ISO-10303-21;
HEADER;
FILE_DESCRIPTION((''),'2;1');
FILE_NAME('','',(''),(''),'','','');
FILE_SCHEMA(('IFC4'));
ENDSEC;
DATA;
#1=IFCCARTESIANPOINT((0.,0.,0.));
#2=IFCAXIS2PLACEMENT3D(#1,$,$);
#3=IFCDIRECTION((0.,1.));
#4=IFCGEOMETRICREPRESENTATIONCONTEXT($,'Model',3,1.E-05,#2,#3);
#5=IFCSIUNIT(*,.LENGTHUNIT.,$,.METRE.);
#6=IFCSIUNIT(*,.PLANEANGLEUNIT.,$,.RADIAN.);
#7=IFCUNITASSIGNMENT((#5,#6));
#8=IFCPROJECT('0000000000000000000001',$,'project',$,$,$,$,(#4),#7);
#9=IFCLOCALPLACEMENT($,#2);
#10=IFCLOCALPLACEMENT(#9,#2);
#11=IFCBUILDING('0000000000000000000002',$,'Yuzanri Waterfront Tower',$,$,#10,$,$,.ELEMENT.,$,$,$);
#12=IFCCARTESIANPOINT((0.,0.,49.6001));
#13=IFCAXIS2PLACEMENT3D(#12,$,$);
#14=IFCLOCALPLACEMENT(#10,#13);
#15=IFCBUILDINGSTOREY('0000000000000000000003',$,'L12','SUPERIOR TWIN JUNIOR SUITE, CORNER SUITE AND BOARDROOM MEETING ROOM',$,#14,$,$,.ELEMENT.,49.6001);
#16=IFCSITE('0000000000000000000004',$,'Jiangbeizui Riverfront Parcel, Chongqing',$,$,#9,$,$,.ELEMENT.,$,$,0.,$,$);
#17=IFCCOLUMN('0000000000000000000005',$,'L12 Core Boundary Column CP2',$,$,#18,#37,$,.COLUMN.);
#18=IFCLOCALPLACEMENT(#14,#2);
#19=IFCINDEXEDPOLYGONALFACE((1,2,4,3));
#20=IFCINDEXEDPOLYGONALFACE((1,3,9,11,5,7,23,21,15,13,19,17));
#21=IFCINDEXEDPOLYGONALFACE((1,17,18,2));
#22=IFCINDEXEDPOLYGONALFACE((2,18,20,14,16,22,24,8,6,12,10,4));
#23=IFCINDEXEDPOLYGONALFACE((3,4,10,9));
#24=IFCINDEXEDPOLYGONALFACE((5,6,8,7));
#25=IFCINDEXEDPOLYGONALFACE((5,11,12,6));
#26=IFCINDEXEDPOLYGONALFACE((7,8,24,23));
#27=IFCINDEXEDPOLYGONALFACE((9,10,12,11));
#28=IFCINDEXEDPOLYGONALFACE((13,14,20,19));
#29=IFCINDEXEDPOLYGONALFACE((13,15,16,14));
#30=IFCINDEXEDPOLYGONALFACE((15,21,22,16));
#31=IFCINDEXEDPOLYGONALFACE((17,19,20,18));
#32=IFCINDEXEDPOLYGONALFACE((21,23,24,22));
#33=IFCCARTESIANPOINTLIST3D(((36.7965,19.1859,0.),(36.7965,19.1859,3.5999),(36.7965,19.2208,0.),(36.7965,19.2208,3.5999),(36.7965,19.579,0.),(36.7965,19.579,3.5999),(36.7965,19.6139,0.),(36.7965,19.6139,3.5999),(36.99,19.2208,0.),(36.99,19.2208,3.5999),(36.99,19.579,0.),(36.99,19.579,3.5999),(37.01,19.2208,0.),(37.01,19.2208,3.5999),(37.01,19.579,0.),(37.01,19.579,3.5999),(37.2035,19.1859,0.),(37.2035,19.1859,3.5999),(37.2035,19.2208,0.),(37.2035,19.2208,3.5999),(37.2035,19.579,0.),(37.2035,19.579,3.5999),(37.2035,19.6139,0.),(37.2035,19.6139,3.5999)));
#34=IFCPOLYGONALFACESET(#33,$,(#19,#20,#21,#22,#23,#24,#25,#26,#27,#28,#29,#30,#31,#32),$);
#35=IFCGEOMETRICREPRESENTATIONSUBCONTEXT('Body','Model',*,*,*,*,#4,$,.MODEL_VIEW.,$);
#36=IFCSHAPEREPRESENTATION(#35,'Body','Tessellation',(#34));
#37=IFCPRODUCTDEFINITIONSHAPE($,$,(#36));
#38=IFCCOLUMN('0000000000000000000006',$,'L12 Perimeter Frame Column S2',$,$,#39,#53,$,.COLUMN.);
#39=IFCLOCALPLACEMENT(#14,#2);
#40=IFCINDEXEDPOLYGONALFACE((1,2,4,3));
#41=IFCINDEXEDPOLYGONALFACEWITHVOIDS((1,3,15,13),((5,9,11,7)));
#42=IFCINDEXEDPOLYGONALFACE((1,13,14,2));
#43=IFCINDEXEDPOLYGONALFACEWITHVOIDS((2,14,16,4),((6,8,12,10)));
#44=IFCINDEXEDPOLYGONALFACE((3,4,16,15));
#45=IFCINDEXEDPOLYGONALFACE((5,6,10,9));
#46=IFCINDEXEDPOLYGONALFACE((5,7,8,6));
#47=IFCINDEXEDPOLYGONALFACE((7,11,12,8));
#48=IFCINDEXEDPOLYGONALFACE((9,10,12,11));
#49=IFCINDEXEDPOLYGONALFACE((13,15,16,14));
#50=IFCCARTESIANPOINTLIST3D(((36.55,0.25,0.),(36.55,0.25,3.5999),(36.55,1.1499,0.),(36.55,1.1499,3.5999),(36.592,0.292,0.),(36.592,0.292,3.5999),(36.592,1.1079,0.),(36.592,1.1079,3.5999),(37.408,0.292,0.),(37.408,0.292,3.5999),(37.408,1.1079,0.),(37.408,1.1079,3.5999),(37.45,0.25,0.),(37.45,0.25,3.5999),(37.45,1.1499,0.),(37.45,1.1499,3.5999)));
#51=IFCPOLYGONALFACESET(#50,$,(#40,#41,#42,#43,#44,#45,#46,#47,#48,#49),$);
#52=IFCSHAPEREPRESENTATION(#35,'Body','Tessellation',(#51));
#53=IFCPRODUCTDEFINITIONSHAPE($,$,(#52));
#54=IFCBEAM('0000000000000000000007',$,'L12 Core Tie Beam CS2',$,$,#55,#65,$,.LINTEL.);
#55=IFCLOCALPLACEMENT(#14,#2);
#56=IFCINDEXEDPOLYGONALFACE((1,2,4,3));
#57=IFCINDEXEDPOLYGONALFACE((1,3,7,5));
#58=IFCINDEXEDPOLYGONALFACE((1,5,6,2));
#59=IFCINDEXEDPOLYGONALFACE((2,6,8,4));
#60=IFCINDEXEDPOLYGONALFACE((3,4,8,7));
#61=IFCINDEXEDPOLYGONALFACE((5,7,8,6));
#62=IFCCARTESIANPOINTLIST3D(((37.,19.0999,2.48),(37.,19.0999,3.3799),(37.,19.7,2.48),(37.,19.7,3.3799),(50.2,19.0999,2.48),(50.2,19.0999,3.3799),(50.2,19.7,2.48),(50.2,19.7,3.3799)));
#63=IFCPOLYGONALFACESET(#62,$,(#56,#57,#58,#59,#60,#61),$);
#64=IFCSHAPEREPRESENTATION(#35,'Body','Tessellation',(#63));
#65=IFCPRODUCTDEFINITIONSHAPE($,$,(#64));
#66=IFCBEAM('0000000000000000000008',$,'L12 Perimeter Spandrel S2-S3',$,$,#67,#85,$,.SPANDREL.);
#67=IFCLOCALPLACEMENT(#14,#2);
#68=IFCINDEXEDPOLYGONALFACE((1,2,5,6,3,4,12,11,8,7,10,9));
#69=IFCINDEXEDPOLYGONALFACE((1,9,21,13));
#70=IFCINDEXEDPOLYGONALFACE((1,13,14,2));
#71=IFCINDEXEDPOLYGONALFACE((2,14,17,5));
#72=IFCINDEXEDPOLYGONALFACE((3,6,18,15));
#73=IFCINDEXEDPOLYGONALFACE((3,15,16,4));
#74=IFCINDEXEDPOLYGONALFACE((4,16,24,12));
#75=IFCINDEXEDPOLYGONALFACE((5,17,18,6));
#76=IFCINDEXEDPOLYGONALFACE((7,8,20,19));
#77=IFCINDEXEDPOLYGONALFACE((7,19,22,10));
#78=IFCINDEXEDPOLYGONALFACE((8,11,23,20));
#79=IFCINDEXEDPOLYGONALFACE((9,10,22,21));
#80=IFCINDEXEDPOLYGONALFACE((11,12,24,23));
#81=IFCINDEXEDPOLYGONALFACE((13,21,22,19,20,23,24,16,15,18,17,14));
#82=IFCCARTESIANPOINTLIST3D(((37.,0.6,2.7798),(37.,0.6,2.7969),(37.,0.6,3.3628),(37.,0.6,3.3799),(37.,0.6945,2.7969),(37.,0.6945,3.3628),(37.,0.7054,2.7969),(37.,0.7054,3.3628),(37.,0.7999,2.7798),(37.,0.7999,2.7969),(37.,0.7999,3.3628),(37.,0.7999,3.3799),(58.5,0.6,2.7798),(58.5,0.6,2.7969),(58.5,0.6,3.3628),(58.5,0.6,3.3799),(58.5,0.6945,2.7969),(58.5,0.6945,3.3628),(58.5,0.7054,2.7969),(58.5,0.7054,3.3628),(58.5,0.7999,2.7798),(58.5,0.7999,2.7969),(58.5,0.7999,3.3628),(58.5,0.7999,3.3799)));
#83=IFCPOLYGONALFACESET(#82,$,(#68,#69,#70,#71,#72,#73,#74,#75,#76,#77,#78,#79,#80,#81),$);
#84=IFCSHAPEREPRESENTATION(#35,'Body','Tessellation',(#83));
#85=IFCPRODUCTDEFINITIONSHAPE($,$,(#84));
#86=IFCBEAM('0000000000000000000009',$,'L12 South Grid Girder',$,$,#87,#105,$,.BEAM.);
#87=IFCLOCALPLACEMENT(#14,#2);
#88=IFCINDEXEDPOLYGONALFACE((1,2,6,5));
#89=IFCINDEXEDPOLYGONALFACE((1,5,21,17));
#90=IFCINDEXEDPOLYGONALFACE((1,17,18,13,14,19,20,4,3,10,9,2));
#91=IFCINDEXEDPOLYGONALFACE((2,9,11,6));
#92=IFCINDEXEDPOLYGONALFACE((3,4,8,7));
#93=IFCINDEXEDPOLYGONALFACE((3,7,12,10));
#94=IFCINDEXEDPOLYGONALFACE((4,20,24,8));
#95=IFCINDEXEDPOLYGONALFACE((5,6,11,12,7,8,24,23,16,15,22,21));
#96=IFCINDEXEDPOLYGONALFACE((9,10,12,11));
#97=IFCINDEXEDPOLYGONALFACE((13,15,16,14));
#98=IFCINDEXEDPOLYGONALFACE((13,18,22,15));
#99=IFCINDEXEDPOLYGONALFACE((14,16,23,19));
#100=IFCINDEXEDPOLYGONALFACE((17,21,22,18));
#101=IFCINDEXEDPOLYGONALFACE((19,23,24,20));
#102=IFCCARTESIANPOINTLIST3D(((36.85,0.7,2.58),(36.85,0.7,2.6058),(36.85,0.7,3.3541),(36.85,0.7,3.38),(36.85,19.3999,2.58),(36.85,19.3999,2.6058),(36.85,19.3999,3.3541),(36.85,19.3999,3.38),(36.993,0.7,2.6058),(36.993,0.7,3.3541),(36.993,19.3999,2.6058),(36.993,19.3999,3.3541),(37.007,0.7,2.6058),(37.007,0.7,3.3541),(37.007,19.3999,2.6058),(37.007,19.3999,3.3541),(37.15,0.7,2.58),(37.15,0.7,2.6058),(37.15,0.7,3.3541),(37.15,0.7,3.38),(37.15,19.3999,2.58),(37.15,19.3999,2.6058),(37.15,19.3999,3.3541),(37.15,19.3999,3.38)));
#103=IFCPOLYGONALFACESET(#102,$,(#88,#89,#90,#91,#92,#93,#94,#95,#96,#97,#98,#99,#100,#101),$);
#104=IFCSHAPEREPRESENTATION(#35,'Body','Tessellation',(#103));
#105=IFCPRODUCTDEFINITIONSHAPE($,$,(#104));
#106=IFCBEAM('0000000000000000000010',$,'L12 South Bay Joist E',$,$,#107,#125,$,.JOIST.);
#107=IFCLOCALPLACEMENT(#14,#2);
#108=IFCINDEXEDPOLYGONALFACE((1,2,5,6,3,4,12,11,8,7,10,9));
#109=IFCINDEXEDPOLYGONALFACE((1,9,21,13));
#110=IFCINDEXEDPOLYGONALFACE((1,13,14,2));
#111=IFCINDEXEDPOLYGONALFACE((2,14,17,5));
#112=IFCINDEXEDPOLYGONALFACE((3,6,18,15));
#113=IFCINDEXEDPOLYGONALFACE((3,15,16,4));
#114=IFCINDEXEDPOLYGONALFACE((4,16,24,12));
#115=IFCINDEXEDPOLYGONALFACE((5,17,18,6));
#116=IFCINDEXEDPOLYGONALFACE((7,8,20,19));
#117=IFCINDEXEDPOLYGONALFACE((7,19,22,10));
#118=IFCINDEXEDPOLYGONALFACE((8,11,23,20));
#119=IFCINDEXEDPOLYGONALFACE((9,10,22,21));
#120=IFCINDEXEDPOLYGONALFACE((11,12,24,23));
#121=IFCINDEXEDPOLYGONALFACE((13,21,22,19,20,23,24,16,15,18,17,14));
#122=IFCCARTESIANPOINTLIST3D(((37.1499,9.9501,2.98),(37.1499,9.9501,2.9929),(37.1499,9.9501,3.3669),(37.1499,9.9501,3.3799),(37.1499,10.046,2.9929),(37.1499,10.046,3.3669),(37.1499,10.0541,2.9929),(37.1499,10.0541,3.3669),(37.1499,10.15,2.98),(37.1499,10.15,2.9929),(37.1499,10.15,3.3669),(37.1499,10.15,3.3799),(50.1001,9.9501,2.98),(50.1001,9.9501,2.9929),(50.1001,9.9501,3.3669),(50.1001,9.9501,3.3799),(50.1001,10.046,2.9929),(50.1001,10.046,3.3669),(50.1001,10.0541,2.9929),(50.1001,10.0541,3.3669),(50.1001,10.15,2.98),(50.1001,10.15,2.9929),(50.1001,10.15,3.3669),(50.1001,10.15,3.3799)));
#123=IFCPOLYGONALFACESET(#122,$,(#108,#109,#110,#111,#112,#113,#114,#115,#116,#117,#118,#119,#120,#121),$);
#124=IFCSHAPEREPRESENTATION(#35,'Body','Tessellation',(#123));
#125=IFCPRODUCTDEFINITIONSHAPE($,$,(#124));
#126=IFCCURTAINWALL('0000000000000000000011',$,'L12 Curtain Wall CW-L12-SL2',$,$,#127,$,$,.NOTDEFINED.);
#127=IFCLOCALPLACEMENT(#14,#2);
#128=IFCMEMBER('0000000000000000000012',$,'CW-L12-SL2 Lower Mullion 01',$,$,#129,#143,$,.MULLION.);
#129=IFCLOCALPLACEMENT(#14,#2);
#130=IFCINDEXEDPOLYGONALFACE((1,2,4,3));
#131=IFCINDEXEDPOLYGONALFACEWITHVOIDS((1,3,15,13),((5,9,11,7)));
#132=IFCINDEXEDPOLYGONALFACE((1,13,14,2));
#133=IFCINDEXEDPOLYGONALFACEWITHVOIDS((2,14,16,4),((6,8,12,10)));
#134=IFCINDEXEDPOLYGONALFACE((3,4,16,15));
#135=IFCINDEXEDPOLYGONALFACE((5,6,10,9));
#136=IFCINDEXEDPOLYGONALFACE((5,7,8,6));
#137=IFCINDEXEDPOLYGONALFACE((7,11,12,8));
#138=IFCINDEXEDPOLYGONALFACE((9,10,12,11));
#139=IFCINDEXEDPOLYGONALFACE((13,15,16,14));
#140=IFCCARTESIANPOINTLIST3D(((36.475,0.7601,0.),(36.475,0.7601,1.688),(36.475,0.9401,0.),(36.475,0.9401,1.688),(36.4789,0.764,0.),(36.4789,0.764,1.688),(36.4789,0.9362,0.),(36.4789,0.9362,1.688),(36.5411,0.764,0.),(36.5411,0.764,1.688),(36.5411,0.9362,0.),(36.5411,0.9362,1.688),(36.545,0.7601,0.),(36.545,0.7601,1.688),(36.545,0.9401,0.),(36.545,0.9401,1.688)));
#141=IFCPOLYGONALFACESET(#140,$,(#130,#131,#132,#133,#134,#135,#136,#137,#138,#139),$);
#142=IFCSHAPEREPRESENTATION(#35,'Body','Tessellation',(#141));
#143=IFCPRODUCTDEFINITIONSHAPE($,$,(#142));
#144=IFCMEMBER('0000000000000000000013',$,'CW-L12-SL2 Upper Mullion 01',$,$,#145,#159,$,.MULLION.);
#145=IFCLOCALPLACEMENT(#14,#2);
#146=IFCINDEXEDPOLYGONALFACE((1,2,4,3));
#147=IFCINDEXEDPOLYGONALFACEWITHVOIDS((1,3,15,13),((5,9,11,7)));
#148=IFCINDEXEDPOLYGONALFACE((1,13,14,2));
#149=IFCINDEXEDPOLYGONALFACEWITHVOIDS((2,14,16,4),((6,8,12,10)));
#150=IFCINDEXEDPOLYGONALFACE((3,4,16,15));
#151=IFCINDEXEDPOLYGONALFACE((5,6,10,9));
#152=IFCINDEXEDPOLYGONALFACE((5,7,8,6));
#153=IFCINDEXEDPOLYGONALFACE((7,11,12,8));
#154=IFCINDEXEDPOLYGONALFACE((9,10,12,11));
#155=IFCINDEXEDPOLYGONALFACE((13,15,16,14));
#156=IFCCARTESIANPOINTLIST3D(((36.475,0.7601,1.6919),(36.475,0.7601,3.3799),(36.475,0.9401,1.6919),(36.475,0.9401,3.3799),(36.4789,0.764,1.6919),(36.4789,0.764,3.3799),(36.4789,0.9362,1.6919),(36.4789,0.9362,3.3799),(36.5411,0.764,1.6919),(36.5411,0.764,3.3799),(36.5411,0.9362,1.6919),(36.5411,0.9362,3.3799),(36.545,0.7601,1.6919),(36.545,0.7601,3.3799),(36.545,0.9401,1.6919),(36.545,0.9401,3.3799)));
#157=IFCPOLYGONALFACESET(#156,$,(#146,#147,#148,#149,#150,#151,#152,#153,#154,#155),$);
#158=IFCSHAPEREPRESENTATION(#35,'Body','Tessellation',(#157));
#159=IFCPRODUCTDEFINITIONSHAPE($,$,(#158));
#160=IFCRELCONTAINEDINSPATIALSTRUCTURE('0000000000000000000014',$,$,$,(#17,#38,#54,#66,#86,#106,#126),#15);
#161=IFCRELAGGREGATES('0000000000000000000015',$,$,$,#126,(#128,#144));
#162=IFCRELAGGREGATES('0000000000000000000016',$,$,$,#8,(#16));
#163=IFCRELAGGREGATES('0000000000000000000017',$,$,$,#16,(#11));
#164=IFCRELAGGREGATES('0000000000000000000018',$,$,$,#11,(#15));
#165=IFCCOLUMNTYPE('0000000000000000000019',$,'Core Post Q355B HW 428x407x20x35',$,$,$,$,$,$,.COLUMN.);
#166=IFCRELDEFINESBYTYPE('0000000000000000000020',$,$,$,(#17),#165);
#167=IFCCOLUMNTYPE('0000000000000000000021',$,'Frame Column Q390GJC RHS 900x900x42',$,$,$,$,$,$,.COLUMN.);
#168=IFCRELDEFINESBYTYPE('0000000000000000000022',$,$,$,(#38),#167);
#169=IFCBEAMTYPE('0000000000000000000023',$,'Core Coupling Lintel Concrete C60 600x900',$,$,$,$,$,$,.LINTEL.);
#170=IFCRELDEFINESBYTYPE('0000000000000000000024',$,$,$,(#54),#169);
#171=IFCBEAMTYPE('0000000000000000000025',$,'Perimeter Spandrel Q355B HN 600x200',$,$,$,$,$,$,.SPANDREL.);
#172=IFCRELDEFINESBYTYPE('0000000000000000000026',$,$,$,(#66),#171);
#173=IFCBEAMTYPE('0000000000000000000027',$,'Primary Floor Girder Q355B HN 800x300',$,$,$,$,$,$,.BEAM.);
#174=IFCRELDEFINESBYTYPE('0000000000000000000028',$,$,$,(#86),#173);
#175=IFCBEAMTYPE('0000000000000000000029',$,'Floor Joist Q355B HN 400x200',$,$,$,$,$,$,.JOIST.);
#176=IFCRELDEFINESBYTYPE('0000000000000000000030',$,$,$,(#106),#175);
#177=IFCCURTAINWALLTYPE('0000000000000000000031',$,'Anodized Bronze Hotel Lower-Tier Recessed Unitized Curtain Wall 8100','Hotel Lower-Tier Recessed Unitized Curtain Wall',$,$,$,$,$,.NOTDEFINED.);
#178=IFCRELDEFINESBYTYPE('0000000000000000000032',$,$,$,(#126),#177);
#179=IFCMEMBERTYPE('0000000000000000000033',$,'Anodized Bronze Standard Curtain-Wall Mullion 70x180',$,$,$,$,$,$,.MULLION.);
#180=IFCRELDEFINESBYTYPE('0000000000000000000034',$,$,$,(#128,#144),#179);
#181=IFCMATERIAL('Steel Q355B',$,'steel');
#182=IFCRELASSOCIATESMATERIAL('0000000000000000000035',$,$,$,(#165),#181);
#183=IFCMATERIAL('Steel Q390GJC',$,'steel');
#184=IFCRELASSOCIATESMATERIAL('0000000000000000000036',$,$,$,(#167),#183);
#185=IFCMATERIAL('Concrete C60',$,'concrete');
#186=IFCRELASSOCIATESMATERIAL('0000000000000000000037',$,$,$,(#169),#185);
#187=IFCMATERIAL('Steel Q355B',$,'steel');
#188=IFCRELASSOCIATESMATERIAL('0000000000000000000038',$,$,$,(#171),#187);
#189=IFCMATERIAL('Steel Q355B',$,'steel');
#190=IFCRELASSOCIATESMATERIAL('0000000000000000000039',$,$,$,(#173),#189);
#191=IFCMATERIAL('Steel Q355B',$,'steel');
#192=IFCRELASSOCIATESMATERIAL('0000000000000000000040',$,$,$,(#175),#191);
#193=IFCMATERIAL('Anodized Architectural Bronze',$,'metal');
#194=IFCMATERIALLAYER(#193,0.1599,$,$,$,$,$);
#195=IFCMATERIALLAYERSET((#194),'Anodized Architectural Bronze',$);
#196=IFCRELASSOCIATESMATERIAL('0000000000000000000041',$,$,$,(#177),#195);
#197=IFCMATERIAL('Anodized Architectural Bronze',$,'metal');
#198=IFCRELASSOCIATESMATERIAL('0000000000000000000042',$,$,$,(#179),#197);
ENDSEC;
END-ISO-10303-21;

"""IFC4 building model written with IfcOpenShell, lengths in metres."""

from ifc_helpers import new_model, si_unit, direction, frame, origin, origin_2d, place, context, subcontext, project, spatial, rectangle, hollow_rectangle, i_section, extrude, source, transform, mapped, material, layer, layer_set, material_profile, profile_set, type_object, element, aggregate, save


model = new_model("IFC4")

# Units and contexts
model_context = context("Model", 3, precision=1e-05, world=origin(), true_north=direction((0.0, 1.0)))
body_context = subcontext(model_context, "Body", "Model", "MODEL_VIEW")
ifc_project = project(units=[si_unit("LENGTHUNIT", "METRE"), si_unit("PLANEANGLEUNIT", "RADIAN")], contexts=[model_context])

# Site, building, storey
site_placement = place(None, origin())
site = spatial("IfcSite", under=ifc_project, at=site_placement, Name="Jiangbeizui Riverfront Parcel, Chongqing", CompositionType="ELEMENT", RefElevation=0.0)
building_placement = place(site_placement, origin())
building = spatial("IfcBuilding", under=site, at=building_placement, Name="Yuzanri Waterfront Tower", CompositionType="ELEMENT")
storey_placement = place(building_placement, frame((0.0, 0.0, 49.6001)))
storey = spatial("IfcBuildingStorey", under=building, at=storey_placement, Name="L12", Description="SUPERIOR TWIN JUNIOR SUITE, CORNER SUITE AND BOARDROOM MEETING ROOM", CompositionType="ELEMENT", Elevation=49.6001)

# Columns
ifc_material_1 = material(Name="Steel Q355B", Category="steel")
ifc_material_profile_1 = material_profile(ifc_material_1, i_section(OverallWidth=0.407, OverallDepth=0.428, WebThickness=0.02, FlangeThickness=0.0349, at=origin_2d()), Name="HW 428x407x20x35")
ifc_profile_set_1 = profile_set([ifc_material_profile_1], Name="Steel Q355B")
column_type_1 = type_object("IfcColumnType", Name="Core Post Q355B HW 428x407x20x35", PredefinedType="COLUMN", material=ifc_profile_set_1)
shared_shape_1 = source(origin(), body_context, "Body", "SweptSolid", [
    extrude(i_section(OverallWidth=0.407, OverallDepth=0.428, WebThickness=0.02, FlangeThickness=0.0349, at=origin_2d()), origin(), (0.0, 0.0, 1.0), 3.5999),
])
column_1_placement = place(storey_placement, frame((37.0, 19.3999, 0.0), z_axis=(0.0, 0.0, 1.0), x_axis=(1.0, 0.0, 0.0)))
element("IfcColumn", 1, at=column_1_placement, inside=storey, type_object=column_type_1, Name="L12 Core Boundary Column CP2", PredefinedType="COLUMN", context=body_context, shape_type="MappedRepresentation", body=[
    mapped(shared_shape_1, transform((0.0, 0.0, 0.0), scale=1.0)),
])
ifc_material_2 = material(Name="Steel Q390GJC", Category="steel")
ifc_material_profile_2 = material_profile(ifc_material_2, hollow_rectangle(XDim=0.8999, YDim=0.8999, WallThickness=0.042, at=origin_2d()), Name="RHS 900x900x42")
ifc_profile_set_2 = profile_set([ifc_material_profile_2], Name="Steel Q390GJC")
column_type_2 = type_object("IfcColumnType", Name="Frame Column Q390GJC RHS 900x900x42", PredefinedType="COLUMN", material=ifc_profile_set_2)
shared_shape_2 = source(origin(), body_context, "Body", "SweptSolid", [
    extrude(hollow_rectangle(XDim=0.8999, YDim=0.8999, WallThickness=0.042, at=origin_2d()), origin(), (0.0, 0.0, 1.0), 3.5999),
])
column_2_placement = place(storey_placement, frame((37.0, 0.7, 0.0), z_axis=(0.0, 0.0, 1.0), x_axis=(1.0, 0.0, 0.0)))
element("IfcColumn", 2, at=column_2_placement, inside=storey, type_object=column_type_2, Name="L12 Perimeter Frame Column S2", PredefinedType="COLUMN", context=body_context, shape_type="MappedRepresentation", body=[
    mapped(shared_shape_2, transform((0.0, 0.0, 0.0), scale=1.0)),
])

# Beams
ifc_material_3 = material(Name="Concrete C60", Category="concrete")
ifc_material_profile_3 = material_profile(ifc_material_3, rectangle(XDim=0.6001, YDim=0.8999, at=origin_2d()), Name="RC 600x900")
ifc_profile_set_3 = profile_set([ifc_material_profile_3], Name="Concrete C60")
beam_type_1 = type_object("IfcBeamType", Name="Core Coupling Lintel Concrete C60 600x900", PredefinedType="LINTEL", material=ifc_profile_set_3)
shared_shape_3 = source(origin(), body_context, "Body", "SweptSolid", [
    extrude(rectangle(XDim=0.6001, YDim=0.8999, at=origin_2d()), origin(), (0.0, 0.0, 1.0), 13.2),
])
beam_1_placement = place(storey_placement, frame((37.0, 19.3999, 2.9299), z_axis=(1.0, 0.0, 0.0), x_axis=(0.0, 1.0, 0.0)))
element("IfcBeam", 3, at=beam_1_placement, inside=storey, type_object=beam_type_1, Name="L12 Core Tie Beam CS2", PredefinedType="LINTEL", context=body_context, shape_type="MappedRepresentation", body=[
    mapped(shared_shape_3, transform((0.0, 0.0, 0.0), scale=1.0)),
])
ifc_material_4 = material(Name="Steel Q355B", Category="steel")
ifc_material_profile_4 = material_profile(ifc_material_4, i_section(OverallWidth=0.2, OverallDepth=0.6001, WebThickness=0.011, FlangeThickness=0.0171, at=origin_2d()), Name="HN 600x200x11x17")
ifc_profile_set_4 = profile_set([ifc_material_profile_4], Name="Steel Q355B")
beam_type_2 = type_object("IfcBeamType", Name="Perimeter Spandrel Q355B HN 600x200", PredefinedType="SPANDREL", material=ifc_profile_set_4)
shared_shape_4 = source(origin(), body_context, "Body", "SweptSolid", [
    extrude(i_section(OverallWidth=0.2, OverallDepth=0.6001, WebThickness=0.011, FlangeThickness=0.0171, at=origin_2d()), origin(), (0.0, 0.0, 1.0), 21.5),
])
beam_2_placement = place(storey_placement, frame((37.0, 0.7, 3.0798), z_axis=(1.0, 0.0, 0.0), x_axis=(0.0, 1.0, 0.0)))
element("IfcBeam", 4, at=beam_2_placement, inside=storey, type_object=beam_type_2, Name="L12 Perimeter Spandrel S2-S3", PredefinedType="SPANDREL", context=body_context, shape_type="MappedRepresentation", body=[
    mapped(shared_shape_4, transform((0.0, 0.0, 0.0), scale=1.0)),
])
ifc_material_5 = material(Name="Steel Q355B", Category="steel")
ifc_material_profile_5 = material_profile(ifc_material_5, i_section(OverallWidth=0.3, OverallDepth=0.8, WebThickness=0.0139, FlangeThickness=0.0259, at=origin_2d()), Name="HN 800x300x14x26")
ifc_profile_set_5 = profile_set([ifc_material_profile_5], Name="Steel Q355B")
beam_type_3 = type_object("IfcBeamType", Name="Primary Floor Girder Q355B HN 800x300", PredefinedType="BEAM", material=ifc_profile_set_5)
shared_shape_5 = source(origin(), body_context, "Body", "SweptSolid", [
    extrude(i_section(OverallWidth=0.3, OverallDepth=0.8, WebThickness=0.0139, FlangeThickness=0.0259, at=origin_2d()), origin(), (0.0, 0.0, 1.0), 18.7),
])
beam_3_placement = place(storey_placement, frame((37.0, 19.3999, 2.98), z_axis=(0.0, -1.0, 0.0), x_axis=(1.0, 0.0, 0.0)))
element("IfcBeam", 5, at=beam_3_placement, inside=storey, type_object=beam_type_3, Name="L12 South Grid Girder", PredefinedType="BEAM", context=body_context, shape_type="MappedRepresentation", body=[
    mapped(shared_shape_5, transform((0.0, 0.0, 0.0), scale=1.0)),
])
ifc_material_6 = material(Name="Steel Q355B", Category="steel")
ifc_material_profile_6 = material_profile(ifc_material_6, i_section(OverallWidth=0.2, OverallDepth=0.3999, WebThickness=0.0081, FlangeThickness=0.0129, at=origin_2d()), Name="HN 400x200x8x13")
ifc_profile_set_6 = profile_set([ifc_material_profile_6], Name="Steel Q355B")
beam_type_4 = type_object("IfcBeamType", Name="Floor Joist Q355B HN 400x200", PredefinedType="JOIST", material=ifc_profile_set_6)
shared_shape_6 = source(origin(), body_context, "Body", "SweptSolid", [
    extrude(i_section(OverallWidth=0.2, OverallDepth=0.3999, WebThickness=0.0081, FlangeThickness=0.0129, at=origin_2d()), origin(), (0.0, 0.0, 1.0), 12.9502),
])
beam_4_placement = place(storey_placement, frame((37.1499, 10.05, 3.1799), z_axis=(1.0, 0.0, 0.0), x_axis=(0.0, 1.0, 0.0)))
element("IfcBeam", 6, at=beam_4_placement, inside=storey, type_object=beam_type_4, Name="L12 South Bay Joist E", PredefinedType="JOIST", context=body_context, shape_type="MappedRepresentation", body=[
    mapped(shared_shape_6, transform((0.0, 0.0, 0.0), scale=1.0)),
])

# Curtain wall, members
ifc_material_7 = material(Name="Anodized Architectural Bronze", Category="metal")
ifc_layer_1 = layer(ifc_material_7, 0.1599)
ifc_layer_set_1 = layer_set([ifc_layer_1], Name="Anodized Architectural Bronze")
curtain_wall_type = type_object("IfcCurtainWallType", Name="Anodized Bronze Hotel Lower-Tier Recessed Unitized Curtain Wall 8100", Description="Hotel Lower-Tier Recessed Unitized Curtain Wall", PredefinedType="NOTDEFINED", material=ifc_layer_set_1)
curtain_wall_1_placement = place(storey_placement, origin())
curtain_wall_1 = element("IfcCurtainWall", 7, at=curtain_wall_1_placement, inside=storey, type_object=curtain_wall_type, Name="L12 Curtain Wall CW-L12-SL2", PredefinedType="NOTDEFINED")
ifc_material_8 = material(Name="Anodized Architectural Bronze", Category="metal")
ifc_material_profile_7 = material_profile(ifc_material_8, hollow_rectangle(XDim=0.0701, YDim=0.1799, WallThickness=0.0039, at=origin_2d()), Name="CWM 70x180")
ifc_profile_set_7 = profile_set([ifc_material_profile_7], Name="Anodized Architectural Bronze")
member_type_1 = type_object("IfcMemberType", Name="Anodized Bronze Standard Curtain-Wall Mullion 70x180", PredefinedType="MULLION", material=ifc_profile_set_7)
shared_shape_7 = source(origin(), body_context, "Body", "SweptSolid", [
    extrude(hollow_rectangle(XDim=0.0701, YDim=0.1799, WallThickness=0.0039, at=origin_2d()), origin(), (0.0, 0.0, 1.0), 1.688),
])
member_1_placement = place(storey_placement, frame((36.51, 0.8501, 0.0), z_axis=(0.0, 0.0, 1.0), x_axis=(1.0, 0.0, 0.0)))
member_1 = element("IfcMember", 8, at=member_1_placement, type_object=member_type_1, Name="CW-L12-SL2 Lower Mullion 01", PredefinedType="MULLION", context=body_context, shape_type="MappedRepresentation", body=[
    mapped(shared_shape_7, transform((0.0, 0.0, 0.0), scale=1.0)),
])
member_2_placement = place(storey_placement, frame((36.51, 0.8501, 1.6919), z_axis=(0.0, 0.0, 1.0), x_axis=(1.0, 0.0, 0.0)))
member_2 = element("IfcMember", 9, at=member_2_placement, type_object=member_type_1, Name="CW-L12-SL2 Upper Mullion 01", PredefinedType="MULLION", context=body_context, shape_type="MappedRepresentation", body=[
    mapped(shared_shape_7, transform((0.0, 0.0, 0.0), scale=1.0)),
])

aggregate(curtain_wall_1, [member_1, member_2])

save(model, "model.ifc")
